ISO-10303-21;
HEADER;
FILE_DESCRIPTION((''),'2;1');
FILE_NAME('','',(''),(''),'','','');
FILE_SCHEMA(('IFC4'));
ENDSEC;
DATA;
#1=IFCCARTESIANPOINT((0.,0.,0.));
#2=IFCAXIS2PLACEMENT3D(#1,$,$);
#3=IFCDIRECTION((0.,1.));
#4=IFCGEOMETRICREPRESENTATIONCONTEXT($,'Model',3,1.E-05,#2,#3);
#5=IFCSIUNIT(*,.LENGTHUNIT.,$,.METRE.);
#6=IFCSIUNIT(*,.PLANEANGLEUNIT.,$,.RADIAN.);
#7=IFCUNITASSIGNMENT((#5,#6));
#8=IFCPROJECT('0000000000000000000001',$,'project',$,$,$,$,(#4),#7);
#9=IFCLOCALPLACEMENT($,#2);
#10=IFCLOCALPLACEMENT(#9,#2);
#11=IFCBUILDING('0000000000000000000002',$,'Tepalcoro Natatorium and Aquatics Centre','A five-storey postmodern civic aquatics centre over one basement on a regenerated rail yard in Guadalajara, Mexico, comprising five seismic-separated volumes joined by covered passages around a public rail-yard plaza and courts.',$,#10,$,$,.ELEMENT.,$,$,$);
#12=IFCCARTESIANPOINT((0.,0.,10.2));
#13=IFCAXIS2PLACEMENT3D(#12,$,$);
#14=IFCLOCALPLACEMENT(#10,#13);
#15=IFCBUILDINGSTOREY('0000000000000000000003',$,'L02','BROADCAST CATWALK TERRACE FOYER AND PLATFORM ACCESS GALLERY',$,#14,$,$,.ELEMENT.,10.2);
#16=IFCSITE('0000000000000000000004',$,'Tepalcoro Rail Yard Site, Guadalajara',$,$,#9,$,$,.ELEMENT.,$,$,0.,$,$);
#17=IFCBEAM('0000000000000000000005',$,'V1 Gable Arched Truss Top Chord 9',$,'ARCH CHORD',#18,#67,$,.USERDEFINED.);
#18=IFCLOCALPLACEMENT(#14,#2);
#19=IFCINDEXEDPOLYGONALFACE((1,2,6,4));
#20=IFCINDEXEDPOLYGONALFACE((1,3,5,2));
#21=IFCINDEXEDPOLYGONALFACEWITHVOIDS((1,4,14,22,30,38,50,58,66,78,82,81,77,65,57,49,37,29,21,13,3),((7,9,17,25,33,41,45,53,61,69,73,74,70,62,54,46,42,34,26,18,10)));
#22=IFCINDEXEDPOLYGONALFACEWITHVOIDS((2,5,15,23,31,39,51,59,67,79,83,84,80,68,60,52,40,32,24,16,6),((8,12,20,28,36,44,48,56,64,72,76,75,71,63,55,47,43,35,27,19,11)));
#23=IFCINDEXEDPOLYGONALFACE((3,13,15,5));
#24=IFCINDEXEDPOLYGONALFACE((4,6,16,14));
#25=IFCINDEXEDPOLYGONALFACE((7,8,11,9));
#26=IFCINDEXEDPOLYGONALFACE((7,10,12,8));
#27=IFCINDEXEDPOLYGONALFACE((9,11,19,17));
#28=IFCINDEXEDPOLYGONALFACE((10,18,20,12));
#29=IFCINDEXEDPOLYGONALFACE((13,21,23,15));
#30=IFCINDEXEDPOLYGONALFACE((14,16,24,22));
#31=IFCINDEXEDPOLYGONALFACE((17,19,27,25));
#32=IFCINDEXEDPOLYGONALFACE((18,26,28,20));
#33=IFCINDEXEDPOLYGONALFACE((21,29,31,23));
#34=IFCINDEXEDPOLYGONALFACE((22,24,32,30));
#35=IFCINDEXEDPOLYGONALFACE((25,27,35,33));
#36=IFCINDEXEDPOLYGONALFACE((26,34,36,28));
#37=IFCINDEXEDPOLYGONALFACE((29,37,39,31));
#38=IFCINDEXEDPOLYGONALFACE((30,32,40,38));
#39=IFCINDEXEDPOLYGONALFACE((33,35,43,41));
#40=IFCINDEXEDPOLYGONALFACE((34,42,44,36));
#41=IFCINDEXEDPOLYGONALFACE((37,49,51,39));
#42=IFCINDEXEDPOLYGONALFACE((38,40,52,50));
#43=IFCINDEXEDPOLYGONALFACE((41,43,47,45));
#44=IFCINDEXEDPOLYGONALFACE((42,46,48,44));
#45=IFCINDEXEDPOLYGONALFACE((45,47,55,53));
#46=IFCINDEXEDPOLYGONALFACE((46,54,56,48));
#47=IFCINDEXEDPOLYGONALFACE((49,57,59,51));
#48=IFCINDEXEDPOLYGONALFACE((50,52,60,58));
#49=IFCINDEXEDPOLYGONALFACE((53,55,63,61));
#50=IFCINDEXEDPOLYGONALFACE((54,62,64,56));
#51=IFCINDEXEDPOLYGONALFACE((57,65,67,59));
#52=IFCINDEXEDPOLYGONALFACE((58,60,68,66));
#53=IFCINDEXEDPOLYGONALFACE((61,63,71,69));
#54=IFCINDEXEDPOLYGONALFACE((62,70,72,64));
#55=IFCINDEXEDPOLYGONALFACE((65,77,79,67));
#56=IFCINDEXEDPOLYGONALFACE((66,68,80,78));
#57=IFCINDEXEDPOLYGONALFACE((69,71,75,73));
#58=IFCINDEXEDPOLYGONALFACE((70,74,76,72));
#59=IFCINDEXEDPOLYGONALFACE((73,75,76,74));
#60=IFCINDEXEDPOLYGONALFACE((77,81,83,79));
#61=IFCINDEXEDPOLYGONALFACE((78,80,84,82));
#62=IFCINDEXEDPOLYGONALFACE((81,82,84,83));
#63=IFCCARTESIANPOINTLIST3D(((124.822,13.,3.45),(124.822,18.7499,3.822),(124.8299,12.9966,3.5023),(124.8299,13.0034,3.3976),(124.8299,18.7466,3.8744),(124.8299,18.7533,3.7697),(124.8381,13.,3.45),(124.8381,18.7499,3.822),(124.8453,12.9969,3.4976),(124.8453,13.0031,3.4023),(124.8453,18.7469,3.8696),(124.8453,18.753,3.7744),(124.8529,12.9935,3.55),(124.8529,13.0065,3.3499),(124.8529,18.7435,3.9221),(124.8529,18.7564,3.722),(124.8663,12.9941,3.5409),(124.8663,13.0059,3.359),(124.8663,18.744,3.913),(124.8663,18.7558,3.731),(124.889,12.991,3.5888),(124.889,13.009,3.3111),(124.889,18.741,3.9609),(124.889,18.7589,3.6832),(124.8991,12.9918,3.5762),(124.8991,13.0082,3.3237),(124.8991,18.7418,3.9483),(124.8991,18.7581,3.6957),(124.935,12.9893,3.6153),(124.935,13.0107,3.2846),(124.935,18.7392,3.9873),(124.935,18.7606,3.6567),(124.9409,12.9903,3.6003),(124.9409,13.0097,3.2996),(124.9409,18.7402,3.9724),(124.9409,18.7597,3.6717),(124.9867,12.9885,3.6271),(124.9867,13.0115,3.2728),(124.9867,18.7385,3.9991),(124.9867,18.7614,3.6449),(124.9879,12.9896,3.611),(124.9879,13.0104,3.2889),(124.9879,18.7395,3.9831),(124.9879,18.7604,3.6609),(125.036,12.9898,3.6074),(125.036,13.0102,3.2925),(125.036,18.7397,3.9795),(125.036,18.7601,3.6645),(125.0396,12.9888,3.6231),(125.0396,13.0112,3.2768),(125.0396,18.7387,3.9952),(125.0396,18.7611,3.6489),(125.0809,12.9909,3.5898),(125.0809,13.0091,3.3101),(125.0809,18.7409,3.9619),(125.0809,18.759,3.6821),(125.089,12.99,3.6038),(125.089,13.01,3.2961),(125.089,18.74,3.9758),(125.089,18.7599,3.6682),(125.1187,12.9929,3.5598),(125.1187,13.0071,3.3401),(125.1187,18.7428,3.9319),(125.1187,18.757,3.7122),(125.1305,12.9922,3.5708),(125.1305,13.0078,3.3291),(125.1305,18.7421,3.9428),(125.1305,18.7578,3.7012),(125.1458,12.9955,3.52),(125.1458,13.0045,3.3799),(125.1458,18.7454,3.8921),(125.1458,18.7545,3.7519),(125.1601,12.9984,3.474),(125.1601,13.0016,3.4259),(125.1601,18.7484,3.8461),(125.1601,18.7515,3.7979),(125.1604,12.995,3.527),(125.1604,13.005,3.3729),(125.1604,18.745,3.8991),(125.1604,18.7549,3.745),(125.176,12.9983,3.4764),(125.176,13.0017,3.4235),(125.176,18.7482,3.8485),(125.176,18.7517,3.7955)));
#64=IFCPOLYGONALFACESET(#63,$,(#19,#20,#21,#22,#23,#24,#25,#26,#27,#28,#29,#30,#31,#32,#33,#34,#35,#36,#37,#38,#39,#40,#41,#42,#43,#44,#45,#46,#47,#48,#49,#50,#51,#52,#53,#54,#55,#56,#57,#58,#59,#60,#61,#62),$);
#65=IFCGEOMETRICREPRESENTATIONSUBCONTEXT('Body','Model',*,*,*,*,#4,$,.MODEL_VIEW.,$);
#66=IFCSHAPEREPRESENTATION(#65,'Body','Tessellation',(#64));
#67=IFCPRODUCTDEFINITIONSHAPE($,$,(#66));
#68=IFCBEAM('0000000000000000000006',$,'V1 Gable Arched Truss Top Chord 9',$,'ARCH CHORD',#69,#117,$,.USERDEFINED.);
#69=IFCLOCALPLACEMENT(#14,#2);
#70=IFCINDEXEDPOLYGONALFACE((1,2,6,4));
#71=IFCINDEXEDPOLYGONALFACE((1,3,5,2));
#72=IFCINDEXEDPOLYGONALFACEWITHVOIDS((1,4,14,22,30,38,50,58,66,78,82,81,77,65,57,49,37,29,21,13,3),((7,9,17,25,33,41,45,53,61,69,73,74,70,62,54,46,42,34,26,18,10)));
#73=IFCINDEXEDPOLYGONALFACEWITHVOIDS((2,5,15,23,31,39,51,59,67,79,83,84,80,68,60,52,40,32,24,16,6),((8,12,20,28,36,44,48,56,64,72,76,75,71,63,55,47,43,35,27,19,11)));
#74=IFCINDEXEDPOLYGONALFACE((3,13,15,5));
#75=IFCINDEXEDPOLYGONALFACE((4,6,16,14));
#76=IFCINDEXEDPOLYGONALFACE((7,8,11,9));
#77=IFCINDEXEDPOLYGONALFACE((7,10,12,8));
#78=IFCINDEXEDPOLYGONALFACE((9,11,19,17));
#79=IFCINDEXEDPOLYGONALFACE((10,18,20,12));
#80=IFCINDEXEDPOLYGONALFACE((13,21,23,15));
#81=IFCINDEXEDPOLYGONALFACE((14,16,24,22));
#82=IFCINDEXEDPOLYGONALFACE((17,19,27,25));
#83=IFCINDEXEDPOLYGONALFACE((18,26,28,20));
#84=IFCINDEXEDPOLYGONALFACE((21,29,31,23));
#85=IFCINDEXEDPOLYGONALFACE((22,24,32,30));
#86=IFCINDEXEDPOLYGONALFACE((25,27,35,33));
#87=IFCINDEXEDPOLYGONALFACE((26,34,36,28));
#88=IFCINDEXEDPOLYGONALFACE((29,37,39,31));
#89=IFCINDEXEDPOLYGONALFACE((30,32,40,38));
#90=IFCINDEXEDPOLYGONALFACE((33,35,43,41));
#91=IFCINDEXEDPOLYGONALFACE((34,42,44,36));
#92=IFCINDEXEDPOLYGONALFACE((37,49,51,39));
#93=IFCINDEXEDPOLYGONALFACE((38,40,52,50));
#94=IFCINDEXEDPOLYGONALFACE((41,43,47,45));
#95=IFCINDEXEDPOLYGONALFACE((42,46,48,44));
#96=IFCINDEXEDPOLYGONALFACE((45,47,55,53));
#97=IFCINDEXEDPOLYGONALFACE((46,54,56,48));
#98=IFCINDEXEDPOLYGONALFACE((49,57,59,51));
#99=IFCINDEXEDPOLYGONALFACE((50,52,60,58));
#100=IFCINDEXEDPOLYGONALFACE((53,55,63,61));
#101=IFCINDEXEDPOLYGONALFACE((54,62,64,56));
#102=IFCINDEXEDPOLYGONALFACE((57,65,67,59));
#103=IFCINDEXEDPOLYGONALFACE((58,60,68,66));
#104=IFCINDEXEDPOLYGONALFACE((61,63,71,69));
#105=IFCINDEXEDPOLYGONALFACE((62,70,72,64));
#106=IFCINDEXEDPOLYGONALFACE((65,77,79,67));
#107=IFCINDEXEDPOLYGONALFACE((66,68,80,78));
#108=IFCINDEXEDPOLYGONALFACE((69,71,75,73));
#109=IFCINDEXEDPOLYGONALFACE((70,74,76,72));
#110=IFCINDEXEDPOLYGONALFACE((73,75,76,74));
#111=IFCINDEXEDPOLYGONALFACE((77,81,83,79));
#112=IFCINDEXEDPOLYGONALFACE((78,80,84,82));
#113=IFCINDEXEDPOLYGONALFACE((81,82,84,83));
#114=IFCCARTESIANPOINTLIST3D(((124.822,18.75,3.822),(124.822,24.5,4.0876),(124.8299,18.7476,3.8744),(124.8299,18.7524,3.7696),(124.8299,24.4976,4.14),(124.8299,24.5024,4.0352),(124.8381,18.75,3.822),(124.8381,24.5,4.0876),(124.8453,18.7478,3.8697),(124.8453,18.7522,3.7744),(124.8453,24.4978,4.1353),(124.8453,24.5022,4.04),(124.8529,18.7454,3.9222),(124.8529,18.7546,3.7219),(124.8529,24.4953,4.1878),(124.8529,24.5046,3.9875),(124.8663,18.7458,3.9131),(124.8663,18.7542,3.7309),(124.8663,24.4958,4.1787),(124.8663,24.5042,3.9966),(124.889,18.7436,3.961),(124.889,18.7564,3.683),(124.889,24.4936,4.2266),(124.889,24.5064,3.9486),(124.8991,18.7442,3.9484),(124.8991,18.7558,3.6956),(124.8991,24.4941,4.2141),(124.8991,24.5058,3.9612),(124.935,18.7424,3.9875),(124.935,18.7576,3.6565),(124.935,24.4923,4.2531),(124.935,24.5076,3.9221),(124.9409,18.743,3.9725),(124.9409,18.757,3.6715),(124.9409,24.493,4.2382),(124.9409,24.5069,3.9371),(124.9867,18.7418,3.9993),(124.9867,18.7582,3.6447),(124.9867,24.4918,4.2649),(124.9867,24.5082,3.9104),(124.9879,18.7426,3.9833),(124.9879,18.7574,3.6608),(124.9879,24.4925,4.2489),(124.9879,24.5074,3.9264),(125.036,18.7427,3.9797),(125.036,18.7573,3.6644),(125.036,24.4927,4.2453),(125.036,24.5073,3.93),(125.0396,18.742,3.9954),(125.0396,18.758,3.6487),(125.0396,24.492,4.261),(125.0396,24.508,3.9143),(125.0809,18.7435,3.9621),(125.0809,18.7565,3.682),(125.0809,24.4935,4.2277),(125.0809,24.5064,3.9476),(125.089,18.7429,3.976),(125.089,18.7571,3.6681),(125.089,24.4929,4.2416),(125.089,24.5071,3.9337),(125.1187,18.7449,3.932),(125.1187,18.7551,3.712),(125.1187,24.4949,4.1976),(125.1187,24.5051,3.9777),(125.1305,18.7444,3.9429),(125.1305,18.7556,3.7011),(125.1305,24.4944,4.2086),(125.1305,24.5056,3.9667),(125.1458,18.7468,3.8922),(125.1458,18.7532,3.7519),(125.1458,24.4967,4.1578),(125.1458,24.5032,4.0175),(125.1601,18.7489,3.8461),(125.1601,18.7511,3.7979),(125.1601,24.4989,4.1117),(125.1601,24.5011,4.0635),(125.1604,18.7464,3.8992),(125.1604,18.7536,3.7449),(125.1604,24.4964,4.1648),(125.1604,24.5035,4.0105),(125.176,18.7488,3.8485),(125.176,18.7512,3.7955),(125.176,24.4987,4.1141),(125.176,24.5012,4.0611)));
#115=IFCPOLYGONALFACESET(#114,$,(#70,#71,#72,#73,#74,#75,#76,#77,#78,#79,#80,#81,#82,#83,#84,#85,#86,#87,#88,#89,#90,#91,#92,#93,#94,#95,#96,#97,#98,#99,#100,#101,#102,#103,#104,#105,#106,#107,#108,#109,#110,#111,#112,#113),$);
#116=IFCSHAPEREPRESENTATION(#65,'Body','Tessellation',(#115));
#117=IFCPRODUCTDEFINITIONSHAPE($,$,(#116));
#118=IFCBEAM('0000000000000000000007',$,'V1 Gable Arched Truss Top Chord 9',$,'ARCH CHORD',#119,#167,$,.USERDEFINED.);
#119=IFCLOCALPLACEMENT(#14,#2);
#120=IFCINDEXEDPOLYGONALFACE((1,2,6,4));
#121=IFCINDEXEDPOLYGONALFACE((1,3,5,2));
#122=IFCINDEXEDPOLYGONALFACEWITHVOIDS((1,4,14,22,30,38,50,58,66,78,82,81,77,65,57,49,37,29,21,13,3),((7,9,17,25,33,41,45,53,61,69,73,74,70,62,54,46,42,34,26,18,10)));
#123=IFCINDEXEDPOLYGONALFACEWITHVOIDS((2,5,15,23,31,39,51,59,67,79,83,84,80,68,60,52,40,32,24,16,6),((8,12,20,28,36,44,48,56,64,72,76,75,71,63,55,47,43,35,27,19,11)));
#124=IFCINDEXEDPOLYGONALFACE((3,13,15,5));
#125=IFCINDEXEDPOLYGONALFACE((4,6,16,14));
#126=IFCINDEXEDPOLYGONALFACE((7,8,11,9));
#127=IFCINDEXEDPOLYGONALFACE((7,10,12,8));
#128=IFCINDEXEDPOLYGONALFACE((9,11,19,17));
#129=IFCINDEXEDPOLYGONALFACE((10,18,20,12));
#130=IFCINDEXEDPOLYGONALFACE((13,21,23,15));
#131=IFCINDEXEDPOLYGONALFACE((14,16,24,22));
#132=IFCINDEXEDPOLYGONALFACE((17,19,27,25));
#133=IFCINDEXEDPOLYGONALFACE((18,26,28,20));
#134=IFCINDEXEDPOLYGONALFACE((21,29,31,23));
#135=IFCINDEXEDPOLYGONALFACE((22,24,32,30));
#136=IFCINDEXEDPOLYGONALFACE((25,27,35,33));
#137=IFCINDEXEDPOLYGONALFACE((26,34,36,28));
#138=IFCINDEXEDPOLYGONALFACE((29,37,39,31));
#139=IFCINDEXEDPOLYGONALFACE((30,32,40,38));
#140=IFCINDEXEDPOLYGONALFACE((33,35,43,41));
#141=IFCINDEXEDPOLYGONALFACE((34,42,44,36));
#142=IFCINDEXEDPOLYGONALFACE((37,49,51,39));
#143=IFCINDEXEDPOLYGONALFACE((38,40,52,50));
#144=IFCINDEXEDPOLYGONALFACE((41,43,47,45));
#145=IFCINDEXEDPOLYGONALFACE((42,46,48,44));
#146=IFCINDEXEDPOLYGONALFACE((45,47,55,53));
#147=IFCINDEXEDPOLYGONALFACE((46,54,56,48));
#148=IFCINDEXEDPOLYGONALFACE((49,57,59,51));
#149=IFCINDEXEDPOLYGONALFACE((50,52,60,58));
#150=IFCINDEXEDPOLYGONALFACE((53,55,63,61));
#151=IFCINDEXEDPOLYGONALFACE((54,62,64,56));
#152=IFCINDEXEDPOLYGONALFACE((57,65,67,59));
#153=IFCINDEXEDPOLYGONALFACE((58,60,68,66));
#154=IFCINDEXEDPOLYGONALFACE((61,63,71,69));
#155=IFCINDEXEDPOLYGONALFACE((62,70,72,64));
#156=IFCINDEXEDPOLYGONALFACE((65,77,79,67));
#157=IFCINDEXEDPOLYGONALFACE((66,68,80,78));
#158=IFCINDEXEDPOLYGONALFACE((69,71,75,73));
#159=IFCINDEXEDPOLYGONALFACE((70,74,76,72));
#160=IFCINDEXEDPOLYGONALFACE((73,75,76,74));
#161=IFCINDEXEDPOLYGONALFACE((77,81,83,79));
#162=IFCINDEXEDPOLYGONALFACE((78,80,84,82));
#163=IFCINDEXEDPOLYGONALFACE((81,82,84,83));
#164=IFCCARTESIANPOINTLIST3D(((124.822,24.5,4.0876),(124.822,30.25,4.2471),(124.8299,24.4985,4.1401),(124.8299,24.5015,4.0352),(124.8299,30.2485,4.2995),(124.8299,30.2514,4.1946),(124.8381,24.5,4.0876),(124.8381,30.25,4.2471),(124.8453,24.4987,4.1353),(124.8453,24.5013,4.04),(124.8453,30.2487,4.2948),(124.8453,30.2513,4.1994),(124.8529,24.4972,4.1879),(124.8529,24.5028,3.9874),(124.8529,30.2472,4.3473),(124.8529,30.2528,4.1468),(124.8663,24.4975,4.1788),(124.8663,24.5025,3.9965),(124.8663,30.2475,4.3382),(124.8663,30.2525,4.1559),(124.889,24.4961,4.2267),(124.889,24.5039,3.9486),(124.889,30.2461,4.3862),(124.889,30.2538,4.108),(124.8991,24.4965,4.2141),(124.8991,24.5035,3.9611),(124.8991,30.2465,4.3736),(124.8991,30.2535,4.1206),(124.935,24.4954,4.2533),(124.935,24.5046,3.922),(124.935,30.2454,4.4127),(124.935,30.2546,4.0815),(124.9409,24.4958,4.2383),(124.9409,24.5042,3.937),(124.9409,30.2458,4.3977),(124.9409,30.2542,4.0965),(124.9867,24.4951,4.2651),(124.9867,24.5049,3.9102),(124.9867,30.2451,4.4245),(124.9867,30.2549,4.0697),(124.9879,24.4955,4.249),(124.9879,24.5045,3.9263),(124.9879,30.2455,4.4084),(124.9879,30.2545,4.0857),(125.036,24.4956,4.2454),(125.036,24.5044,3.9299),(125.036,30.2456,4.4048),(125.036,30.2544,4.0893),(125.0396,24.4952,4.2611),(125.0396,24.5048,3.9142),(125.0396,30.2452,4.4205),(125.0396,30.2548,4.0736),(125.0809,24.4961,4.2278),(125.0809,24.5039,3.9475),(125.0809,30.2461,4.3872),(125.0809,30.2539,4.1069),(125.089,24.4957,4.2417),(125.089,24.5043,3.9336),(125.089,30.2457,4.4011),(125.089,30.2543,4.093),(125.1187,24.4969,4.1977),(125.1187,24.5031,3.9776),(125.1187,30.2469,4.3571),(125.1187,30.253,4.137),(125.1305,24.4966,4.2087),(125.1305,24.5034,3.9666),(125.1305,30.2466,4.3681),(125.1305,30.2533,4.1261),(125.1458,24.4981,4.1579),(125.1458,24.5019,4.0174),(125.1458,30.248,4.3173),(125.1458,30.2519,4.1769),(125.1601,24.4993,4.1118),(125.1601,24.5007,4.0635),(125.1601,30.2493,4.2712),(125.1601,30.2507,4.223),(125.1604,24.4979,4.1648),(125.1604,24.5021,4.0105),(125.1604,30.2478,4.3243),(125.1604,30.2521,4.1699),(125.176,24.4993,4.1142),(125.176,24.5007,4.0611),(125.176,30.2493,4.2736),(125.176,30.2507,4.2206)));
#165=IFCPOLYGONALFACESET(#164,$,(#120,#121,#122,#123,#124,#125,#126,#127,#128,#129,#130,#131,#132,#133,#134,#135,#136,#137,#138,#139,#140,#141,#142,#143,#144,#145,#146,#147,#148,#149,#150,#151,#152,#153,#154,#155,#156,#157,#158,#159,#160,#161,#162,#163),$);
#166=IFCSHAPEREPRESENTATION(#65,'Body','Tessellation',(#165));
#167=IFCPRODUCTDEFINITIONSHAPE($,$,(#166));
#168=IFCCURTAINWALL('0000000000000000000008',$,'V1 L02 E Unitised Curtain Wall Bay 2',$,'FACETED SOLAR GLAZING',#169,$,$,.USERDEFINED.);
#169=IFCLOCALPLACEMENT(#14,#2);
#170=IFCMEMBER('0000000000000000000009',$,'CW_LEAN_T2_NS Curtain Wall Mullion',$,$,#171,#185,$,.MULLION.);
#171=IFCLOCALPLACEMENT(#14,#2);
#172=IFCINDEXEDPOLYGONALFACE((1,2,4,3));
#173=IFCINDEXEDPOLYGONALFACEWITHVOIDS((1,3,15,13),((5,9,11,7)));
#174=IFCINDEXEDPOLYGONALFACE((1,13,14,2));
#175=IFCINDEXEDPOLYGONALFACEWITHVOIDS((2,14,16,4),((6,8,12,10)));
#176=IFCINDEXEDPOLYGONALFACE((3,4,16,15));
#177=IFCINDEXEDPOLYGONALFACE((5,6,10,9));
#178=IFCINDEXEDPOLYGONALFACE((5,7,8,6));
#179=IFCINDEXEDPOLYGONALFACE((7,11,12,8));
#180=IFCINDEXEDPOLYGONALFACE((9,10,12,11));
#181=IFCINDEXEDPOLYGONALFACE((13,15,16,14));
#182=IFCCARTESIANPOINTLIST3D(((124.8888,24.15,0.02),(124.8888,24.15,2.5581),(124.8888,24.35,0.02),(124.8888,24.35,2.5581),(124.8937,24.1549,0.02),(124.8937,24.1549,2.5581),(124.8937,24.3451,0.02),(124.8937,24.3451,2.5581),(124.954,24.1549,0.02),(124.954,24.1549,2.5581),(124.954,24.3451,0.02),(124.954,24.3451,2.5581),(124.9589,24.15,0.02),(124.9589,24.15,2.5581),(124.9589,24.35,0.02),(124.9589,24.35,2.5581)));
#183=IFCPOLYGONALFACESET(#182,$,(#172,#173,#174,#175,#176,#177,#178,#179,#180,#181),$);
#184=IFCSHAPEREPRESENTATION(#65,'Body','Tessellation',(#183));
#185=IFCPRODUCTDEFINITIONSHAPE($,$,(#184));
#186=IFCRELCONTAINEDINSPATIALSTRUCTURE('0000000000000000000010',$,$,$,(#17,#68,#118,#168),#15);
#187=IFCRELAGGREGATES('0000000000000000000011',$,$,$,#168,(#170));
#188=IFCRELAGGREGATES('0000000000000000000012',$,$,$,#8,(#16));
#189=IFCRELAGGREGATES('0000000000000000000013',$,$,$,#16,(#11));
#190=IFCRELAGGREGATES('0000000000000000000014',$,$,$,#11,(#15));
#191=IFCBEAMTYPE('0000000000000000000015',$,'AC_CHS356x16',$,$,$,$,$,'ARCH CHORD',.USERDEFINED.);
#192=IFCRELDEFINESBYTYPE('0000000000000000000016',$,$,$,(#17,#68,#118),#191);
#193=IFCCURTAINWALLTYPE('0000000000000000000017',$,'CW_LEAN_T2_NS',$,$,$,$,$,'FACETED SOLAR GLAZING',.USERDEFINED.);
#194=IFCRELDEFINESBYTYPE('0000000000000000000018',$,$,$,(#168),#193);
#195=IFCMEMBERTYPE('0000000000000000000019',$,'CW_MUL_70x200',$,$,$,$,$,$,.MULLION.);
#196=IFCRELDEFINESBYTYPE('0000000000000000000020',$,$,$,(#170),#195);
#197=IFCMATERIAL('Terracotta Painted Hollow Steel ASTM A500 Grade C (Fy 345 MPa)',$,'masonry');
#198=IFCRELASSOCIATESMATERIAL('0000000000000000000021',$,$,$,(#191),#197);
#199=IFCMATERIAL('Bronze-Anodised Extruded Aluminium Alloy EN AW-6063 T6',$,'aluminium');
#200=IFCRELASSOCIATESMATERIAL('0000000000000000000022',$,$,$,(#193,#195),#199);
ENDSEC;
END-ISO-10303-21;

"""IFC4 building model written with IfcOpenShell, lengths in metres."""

from ifc_helpers import new_model, si_unit, direction, frame, origin, origin_2d, place, context, subcontext, project, spatial, hollow_rectangle, hollow_circle, extrude, material, material_profile, profile_set, type_object, element, aggregate, save


model = new_model("IFC4")

# Units and contexts
model_context = context("Model", 3, precision=1e-05, world=origin(), true_north=direction((0.0, 1.0)))
body_context = subcontext(model_context, "Body", "Model", "MODEL_VIEW")
ifc_project = project(units=[si_unit("LENGTHUNIT", "METRE"), si_unit("PLANEANGLEUNIT", "RADIAN")], contexts=[model_context])

# Site, building, storey
site_placement = place(None, origin())
site = spatial("IfcSite", under=ifc_project, at=site_placement, Name="Tepalcoro Rail Yard Site, Guadalajara", CompositionType="ELEMENT", RefElevation=0.0)
building_placement = place(site_placement, origin())
building = spatial("IfcBuilding", under=site, at=building_placement, Name="Tepalcoro Natatorium and Aquatics Centre", Description="A five-storey postmodern civic aquatics centre over one basement on a regenerated rail yard in Guadalajara, Mexico, comprising five seismic-separated volumes joined by covered passages around a public rail-yard plaza and courts.", CompositionType="ELEMENT")
storey_placement = place(building_placement, frame((0.0, 0.0, 10.2)))
storey = spatial("IfcBuildingStorey", under=building, at=storey_placement, Name="L02", Description="BROADCAST CATWALK TERRACE FOYER AND PLATFORM ACCESS GALLERY", CompositionType="ELEMENT", Elevation=10.2)

# Beams
ifc_material_1 = material(Name="Terracotta Painted Hollow Steel ASTM A500 Grade C (Fy 345 MPa)", Category="masonry")
ifc_material_profile_1 = material_profile(ifc_material_1, hollow_circle(Radius=0.178, WallThickness=0.0161, at=origin_2d()), Name="CHS356X16")
ifc_profile_set_1 = profile_set([ifc_material_profile_1], Name="Terracotta Painted Hollow Steel ASTM A500 Grade C (Fy 345 MPa)")
beam_type_1 = type_object("IfcBeamType", Name="AC_CHS356x16", ElementType="ARCH CHORD", PredefinedType="USERDEFINED", material=ifc_profile_set_1)
beam_1_placement = place(storey_placement, frame((125.0, 13.0, 3.45), z_axis=(0.0, 0.997913, 0.064573), x_axis=(-1.0, 0.0, 0.0)))
element("IfcBeam", 1, at=beam_1_placement, inside=storey, type_object=beam_type_1, Name="V1 Gable Arched Truss Top Chord 9", ObjectType="ARCH CHORD", PredefinedType="USERDEFINED", context=body_context, shape_type="SweptSolid", body=[
    extrude(hollow_circle(Radius=0.178, WallThickness=0.0161, at=origin_2d()), origin(), (0.0, 0.0, 1.0), 5.762),
])
beam_2_placement = place(storey_placement, frame((125.0, 18.75, 3.822), z_axis=(0.0, 0.998935, 0.046146), x_axis=(-1.0, 0.0, 0.0)))
element("IfcBeam", 2, at=beam_2_placement, inside=storey, type_object=beam_type_1, Name="V1 Gable Arched Truss Top Chord 9", ObjectType="ARCH CHORD", PredefinedType="USERDEFINED", context=body_context, shape_type="SweptSolid", body=[
    extrude(hollow_circle(Radius=0.178, WallThickness=0.0161, at=origin_2d()), origin(), (0.0, 0.0, 1.0), 5.7561),
])
beam_3_placement = place(storey_placement, frame((125.0, 24.5, 4.0876), z_axis=(0.0, 0.999616, 0.027715), x_axis=(-1.0, 0.0, 0.0)))
element("IfcBeam", 3, at=beam_3_placement, inside=storey, type_object=beam_type_1, Name="V1 Gable Arched Truss Top Chord 9", ObjectType="ARCH CHORD", PredefinedType="USERDEFINED", context=body_context, shape_type="SweptSolid", body=[
    extrude(hollow_circle(Radius=0.178, WallThickness=0.0161, at=origin_2d()), origin(), (0.0, 0.0, 1.0), 5.7522),
])

# Curtain wall, member
ifc_material_2 = material(Name="Bronze-Anodised Extruded Aluminium Alloy EN AW-6063 T6", Category="aluminium")
curtain_wall_type_1 = type_object("IfcCurtainWallType", Name="CW_LEAN_T2_NS", ElementType="FACETED SOLAR GLAZING", PredefinedType="USERDEFINED", material=ifc_material_2)
curtain_wall_1_placement = place(storey_placement, origin())
curtain_wall_1 = element("IfcCurtainWall", 4, at=curtain_wall_1_placement, inside=storey, type_object=curtain_wall_type_1, Name="V1 L02 E Unitised Curtain Wall Bay 2", ObjectType="FACETED SOLAR GLAZING", PredefinedType="USERDEFINED")
ifc_material_profile_2 = material_profile(ifc_material_2, hollow_rectangle(XDim=0.0701, YDim=0.2, WallThickness=0.0049, at=origin_2d()), Name="AL70X200X5")
ifc_profile_set_2 = profile_set([ifc_material_profile_2], Name="Bronze-Anodised Extruded Aluminium Alloy EN AW-6063 T6")
member_type_1 = type_object("IfcMemberType", Name="CW_MUL_70x200", PredefinedType="MULLION", material=ifc_profile_set_2)
member_1_placement = place(storey_placement, frame((124.9238, 24.25, 0.02), z_axis=(0.0, 0.0, 1.0), x_axis=(1.0, 0.0, 0.0)))
member_1 = element("IfcMember", 5, at=member_1_placement, type_object=member_type_1, Name="CW_LEAN_T2_NS Curtain Wall Mullion", PredefinedType="MULLION", context=body_context, shape_type="SweptSolid", body=[
    extrude(hollow_rectangle(XDim=0.0701, YDim=0.2, WallThickness=0.0049, at=origin_2d()), origin(), (0.0, 0.0, 1.0), 2.5381),
])

aggregate(curtain_wall_1, [member_1])

save(model, "model.ifc")
